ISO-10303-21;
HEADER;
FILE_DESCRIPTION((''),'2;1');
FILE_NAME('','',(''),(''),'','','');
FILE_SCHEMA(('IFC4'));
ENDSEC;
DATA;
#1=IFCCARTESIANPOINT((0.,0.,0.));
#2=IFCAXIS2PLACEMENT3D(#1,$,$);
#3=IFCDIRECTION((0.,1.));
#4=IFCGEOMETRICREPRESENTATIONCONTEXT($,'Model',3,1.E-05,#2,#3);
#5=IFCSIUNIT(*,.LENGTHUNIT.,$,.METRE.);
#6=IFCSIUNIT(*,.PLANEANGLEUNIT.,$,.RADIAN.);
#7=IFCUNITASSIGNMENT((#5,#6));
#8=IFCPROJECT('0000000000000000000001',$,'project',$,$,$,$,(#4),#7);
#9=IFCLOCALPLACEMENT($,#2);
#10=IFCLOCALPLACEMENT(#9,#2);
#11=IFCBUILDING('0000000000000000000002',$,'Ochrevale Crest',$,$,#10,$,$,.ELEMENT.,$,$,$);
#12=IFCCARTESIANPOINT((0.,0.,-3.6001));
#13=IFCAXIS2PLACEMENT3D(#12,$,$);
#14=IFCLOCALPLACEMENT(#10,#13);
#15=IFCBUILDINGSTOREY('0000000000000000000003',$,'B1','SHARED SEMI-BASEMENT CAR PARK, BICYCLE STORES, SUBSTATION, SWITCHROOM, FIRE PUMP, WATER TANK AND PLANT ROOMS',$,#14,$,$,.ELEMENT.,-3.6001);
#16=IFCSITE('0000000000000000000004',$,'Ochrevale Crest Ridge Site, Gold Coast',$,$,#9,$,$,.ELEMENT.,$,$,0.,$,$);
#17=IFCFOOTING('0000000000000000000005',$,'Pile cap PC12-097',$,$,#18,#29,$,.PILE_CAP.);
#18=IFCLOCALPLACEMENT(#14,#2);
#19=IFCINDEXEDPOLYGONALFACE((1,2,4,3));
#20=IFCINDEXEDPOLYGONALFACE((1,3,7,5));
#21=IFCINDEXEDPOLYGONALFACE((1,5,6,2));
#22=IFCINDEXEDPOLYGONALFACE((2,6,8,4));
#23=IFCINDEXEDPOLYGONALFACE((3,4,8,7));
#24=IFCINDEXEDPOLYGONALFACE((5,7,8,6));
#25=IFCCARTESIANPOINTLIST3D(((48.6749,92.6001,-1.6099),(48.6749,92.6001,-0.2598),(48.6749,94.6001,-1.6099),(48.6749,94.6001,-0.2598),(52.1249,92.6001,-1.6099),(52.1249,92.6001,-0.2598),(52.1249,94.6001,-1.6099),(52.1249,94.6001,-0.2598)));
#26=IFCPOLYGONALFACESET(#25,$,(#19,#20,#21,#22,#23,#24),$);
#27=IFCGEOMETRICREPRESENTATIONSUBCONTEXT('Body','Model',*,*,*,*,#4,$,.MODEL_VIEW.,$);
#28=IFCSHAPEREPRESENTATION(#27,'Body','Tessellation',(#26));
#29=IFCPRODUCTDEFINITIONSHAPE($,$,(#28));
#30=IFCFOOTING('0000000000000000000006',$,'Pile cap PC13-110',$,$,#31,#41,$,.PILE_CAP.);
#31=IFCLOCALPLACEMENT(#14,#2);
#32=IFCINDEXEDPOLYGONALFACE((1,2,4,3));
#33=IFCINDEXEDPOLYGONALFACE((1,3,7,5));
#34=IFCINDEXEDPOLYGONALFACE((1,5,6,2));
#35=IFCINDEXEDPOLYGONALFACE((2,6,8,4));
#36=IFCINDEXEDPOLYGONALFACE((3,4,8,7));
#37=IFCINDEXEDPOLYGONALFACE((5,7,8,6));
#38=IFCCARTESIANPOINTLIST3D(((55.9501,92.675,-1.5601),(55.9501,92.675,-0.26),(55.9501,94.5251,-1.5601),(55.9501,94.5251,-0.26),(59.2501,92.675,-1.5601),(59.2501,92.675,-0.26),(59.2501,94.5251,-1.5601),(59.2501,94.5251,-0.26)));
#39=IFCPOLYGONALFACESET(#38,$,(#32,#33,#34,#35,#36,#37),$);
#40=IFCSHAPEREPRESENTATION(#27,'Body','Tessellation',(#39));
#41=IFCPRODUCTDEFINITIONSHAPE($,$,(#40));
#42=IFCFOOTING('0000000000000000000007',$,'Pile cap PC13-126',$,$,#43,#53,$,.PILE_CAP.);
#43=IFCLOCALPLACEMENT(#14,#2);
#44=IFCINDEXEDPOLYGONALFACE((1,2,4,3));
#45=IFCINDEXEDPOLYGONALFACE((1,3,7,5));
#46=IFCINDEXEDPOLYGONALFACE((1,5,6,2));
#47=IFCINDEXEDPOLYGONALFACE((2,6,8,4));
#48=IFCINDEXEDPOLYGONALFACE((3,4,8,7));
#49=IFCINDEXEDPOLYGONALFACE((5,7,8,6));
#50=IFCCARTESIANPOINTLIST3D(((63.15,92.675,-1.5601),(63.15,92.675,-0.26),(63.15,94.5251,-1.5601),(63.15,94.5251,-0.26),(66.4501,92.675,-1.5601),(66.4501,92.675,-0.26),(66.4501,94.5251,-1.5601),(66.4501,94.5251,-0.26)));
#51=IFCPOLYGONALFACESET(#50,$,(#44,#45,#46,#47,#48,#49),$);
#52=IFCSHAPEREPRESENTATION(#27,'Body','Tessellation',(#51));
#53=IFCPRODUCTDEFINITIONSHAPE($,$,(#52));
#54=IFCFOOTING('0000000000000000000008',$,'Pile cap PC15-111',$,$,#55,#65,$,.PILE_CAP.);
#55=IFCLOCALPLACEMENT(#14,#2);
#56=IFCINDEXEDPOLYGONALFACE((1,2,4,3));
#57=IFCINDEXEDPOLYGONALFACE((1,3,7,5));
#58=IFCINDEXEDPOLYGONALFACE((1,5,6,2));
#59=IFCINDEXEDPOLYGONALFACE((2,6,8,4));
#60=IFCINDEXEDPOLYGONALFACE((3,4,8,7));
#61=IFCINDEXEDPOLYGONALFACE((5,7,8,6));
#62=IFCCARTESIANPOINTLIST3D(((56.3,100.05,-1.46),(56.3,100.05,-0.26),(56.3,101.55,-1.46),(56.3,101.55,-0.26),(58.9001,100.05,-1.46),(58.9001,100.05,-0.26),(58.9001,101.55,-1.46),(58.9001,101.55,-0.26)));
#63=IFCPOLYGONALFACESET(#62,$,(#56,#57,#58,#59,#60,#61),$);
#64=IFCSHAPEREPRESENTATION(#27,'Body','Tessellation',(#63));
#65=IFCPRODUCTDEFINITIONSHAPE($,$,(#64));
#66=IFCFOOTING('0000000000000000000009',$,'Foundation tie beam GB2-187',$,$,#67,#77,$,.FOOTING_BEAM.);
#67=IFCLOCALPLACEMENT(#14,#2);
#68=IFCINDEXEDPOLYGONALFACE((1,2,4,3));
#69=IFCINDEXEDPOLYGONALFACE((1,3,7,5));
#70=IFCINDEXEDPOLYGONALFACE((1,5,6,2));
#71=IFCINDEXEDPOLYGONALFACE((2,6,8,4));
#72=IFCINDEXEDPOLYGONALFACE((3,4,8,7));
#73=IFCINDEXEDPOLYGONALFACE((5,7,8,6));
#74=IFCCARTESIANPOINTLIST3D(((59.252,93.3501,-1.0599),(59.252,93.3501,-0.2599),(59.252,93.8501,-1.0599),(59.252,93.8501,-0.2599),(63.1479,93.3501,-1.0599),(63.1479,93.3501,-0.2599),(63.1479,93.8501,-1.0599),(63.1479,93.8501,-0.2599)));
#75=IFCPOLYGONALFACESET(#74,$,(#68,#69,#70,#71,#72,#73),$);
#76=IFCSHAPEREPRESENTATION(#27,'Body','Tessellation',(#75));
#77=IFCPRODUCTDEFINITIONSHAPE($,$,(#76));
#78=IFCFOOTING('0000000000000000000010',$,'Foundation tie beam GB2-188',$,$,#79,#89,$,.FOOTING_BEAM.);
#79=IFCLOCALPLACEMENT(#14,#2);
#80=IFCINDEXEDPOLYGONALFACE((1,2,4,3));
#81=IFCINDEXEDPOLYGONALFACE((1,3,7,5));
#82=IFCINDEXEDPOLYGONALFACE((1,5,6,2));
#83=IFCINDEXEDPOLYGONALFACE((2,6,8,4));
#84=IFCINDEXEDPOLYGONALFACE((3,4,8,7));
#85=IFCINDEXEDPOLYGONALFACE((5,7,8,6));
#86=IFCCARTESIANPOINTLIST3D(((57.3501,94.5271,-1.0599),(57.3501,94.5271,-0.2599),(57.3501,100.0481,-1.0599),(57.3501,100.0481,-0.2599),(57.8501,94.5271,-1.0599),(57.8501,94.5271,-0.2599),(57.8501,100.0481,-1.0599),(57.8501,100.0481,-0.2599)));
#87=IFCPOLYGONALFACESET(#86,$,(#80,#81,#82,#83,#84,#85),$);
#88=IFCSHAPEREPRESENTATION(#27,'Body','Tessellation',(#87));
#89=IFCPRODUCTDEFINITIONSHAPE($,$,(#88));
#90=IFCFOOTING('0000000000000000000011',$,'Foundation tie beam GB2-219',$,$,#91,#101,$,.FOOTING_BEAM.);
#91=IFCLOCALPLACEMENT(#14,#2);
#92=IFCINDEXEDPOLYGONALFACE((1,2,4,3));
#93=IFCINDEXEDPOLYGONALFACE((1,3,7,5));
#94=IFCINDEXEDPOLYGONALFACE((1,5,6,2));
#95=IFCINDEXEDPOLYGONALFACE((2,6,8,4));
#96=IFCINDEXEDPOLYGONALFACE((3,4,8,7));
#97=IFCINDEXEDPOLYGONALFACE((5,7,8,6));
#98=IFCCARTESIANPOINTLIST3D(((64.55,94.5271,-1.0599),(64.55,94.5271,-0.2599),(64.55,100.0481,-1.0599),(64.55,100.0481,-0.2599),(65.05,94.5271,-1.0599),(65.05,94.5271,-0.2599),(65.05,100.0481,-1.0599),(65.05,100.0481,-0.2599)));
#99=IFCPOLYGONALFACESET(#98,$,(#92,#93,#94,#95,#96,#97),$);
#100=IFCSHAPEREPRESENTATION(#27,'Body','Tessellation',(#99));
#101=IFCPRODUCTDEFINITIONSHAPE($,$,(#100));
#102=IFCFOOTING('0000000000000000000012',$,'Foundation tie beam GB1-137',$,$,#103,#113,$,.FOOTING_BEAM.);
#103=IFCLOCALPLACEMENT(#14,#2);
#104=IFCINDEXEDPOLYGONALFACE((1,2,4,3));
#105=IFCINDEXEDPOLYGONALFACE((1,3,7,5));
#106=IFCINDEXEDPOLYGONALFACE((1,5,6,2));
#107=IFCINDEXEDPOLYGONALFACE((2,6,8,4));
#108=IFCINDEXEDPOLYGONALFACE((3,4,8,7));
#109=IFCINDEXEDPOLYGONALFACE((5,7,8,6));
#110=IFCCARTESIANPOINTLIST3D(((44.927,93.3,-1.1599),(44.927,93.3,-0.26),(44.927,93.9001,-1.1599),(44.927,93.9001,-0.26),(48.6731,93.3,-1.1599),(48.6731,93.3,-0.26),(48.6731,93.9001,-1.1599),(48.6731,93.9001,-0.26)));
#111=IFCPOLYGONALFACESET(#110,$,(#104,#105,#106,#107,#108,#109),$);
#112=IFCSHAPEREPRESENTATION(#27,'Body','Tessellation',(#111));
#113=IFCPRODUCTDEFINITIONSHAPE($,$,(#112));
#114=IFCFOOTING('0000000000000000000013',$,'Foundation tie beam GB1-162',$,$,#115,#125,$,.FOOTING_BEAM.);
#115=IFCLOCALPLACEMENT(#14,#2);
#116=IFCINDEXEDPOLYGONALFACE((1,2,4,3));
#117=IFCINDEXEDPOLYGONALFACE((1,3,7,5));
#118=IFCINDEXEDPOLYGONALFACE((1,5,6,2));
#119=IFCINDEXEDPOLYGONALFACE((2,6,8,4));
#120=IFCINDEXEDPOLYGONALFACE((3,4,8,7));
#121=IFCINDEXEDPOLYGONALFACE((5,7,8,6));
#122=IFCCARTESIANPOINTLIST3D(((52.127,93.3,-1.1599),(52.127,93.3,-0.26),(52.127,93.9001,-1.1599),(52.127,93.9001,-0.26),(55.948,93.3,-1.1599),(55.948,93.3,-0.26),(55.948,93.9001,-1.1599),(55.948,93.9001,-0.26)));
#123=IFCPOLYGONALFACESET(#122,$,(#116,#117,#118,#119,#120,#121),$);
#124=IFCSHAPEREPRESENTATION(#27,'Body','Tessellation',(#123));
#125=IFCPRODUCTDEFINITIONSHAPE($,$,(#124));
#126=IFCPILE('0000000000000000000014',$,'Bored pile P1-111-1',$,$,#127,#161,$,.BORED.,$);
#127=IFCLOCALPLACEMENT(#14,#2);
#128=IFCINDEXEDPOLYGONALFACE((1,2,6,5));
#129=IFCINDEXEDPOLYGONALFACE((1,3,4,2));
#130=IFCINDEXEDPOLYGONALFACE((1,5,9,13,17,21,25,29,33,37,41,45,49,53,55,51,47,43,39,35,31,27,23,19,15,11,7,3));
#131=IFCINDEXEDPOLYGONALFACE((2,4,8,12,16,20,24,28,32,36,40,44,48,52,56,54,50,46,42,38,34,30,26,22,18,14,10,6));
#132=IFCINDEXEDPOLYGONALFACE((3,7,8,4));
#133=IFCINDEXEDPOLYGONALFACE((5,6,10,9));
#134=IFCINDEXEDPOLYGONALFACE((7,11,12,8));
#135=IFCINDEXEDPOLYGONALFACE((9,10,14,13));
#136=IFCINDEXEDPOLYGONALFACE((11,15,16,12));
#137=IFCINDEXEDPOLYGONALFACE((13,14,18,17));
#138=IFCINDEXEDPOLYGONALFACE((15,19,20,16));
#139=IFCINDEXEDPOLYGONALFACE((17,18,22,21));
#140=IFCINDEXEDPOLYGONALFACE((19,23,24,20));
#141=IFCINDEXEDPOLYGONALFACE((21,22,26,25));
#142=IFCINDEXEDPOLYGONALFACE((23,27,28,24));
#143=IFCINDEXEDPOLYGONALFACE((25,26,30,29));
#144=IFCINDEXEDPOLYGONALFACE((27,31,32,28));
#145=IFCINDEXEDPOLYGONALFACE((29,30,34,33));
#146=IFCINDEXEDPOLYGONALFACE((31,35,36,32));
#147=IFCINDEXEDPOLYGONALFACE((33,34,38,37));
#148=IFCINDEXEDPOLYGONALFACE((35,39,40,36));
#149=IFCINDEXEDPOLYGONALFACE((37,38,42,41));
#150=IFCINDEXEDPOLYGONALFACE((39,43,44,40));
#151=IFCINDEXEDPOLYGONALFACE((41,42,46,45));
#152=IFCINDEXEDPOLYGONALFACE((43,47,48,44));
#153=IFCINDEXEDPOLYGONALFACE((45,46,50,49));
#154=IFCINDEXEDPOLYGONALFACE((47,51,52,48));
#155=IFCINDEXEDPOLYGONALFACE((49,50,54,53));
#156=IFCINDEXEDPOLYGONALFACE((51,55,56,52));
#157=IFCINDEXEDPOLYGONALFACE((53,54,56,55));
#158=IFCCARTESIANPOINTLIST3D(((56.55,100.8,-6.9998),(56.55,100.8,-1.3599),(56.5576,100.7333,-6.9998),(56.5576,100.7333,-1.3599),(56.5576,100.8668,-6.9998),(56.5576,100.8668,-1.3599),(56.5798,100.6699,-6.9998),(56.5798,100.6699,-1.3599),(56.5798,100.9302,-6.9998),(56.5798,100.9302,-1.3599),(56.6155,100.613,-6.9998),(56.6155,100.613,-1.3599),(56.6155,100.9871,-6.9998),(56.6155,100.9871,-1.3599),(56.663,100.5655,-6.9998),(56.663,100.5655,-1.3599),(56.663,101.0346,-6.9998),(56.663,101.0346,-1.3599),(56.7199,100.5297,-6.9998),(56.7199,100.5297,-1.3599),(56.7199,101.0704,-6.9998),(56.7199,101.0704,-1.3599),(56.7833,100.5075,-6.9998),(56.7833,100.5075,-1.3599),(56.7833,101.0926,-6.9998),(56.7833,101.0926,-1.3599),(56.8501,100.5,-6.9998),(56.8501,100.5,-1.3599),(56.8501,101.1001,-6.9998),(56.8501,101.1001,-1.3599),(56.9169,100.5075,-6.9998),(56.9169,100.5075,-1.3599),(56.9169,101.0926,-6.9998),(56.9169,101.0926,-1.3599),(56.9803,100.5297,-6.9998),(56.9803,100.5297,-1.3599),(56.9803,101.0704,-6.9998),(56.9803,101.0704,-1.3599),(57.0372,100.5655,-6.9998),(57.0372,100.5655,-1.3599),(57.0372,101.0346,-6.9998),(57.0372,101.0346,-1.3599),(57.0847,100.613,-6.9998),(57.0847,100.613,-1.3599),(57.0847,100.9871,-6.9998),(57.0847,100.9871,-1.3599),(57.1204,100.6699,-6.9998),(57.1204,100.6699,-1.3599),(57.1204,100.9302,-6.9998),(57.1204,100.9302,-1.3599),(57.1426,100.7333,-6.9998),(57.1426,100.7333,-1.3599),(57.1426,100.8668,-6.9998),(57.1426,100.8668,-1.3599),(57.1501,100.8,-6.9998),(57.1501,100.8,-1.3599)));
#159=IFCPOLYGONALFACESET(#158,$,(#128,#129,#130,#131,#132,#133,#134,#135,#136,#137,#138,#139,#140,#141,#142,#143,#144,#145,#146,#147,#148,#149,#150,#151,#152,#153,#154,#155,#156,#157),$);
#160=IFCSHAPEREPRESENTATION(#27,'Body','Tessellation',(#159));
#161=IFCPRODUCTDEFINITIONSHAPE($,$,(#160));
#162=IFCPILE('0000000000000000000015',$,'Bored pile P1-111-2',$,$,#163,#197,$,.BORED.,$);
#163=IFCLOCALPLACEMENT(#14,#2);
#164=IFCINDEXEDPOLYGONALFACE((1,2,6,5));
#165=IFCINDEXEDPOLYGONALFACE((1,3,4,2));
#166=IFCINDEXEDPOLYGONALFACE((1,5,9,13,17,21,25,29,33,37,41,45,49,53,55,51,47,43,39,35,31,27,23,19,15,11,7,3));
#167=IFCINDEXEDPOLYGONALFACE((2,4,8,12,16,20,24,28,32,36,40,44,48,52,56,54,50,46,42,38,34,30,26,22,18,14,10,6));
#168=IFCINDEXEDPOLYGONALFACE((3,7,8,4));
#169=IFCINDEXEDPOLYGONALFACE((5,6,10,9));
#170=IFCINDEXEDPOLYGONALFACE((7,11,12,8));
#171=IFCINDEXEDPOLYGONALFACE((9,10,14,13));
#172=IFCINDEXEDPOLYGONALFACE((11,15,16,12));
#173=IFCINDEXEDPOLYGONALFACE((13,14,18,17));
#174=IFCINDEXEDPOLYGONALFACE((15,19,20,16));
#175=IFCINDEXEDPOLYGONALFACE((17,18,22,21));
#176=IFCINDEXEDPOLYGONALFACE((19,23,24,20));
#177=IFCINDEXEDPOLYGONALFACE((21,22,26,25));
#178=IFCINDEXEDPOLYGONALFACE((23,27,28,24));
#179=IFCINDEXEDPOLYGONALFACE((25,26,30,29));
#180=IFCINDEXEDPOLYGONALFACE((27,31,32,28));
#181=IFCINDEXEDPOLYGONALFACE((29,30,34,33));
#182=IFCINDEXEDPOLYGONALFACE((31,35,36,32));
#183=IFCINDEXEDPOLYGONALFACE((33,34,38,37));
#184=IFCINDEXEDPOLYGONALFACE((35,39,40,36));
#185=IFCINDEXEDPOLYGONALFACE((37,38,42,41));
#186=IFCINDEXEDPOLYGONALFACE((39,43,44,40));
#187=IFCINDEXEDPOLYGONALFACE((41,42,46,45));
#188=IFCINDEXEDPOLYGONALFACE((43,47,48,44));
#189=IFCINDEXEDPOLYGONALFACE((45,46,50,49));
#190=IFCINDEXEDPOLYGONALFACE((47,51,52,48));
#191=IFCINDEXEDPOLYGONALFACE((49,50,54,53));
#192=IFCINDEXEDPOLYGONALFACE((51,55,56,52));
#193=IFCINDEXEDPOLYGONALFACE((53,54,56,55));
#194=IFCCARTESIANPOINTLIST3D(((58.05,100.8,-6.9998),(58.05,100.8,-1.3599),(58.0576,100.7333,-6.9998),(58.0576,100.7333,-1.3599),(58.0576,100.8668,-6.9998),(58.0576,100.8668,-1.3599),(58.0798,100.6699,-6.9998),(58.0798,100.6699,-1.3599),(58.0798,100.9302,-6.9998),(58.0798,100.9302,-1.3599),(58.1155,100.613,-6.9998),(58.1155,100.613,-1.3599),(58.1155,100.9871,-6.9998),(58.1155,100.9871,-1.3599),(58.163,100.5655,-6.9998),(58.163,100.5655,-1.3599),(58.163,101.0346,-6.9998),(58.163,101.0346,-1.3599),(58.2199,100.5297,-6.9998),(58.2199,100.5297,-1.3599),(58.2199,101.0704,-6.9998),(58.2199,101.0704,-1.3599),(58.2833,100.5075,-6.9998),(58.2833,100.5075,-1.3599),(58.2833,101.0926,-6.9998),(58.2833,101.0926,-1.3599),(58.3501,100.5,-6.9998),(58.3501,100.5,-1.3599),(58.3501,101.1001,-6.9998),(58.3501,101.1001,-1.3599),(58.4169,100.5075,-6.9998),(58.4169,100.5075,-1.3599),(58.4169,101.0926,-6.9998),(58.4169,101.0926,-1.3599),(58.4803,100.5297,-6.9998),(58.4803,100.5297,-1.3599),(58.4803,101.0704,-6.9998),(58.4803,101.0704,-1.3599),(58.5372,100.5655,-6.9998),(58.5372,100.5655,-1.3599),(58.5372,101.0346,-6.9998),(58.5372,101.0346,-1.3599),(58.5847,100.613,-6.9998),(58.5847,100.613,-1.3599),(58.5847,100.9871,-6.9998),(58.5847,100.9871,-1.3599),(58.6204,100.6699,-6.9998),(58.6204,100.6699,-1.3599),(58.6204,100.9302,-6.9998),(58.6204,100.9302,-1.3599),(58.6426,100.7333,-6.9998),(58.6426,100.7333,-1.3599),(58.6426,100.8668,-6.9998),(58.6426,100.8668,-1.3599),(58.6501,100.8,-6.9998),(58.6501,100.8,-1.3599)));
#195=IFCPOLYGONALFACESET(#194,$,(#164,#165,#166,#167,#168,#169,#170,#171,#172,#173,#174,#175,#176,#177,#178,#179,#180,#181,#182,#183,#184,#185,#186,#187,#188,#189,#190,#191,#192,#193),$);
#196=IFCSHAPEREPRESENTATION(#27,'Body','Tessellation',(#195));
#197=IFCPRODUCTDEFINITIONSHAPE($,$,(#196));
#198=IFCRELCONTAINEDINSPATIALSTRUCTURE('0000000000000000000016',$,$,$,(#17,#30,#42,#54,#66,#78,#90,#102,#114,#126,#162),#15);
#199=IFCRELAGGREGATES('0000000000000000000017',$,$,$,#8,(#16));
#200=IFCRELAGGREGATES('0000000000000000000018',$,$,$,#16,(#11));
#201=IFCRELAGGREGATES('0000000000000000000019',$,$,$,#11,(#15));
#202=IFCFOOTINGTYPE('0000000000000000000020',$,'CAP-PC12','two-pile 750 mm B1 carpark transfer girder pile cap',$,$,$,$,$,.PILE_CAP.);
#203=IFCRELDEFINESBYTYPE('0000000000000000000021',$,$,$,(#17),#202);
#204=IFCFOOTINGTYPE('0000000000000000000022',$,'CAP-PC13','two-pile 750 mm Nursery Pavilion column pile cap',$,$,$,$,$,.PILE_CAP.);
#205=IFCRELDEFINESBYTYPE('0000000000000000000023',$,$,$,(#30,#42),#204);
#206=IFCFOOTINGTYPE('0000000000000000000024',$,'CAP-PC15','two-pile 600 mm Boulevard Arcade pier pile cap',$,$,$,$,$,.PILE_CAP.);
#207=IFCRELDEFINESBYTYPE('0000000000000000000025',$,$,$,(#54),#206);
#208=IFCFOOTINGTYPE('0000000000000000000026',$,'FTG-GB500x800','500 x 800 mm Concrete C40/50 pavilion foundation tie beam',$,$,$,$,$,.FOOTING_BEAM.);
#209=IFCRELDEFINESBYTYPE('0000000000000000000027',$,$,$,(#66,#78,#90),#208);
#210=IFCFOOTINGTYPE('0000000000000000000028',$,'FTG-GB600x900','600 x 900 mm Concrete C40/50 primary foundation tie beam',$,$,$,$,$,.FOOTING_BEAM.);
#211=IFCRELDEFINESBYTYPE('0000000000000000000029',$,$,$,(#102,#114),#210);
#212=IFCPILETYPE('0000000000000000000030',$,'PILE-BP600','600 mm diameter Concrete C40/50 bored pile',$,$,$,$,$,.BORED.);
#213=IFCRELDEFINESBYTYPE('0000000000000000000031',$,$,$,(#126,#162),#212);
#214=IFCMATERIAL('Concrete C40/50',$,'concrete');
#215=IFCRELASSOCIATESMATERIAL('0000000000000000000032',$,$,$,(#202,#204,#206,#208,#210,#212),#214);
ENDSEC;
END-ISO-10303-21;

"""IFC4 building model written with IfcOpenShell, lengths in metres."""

from ifc_helpers import new_model, si_unit, direction, frame, origin, origin_2d, place, context, subcontext, project, spatial, rectangle, circle, extrude, material, material_profile, profile_set, type_object, element, save


model = new_model("IFC4")

# Units and contexts
model_context = context("Model", 3, precision=1e-05, world=origin(), true_north=direction((0.0, 1.0)))
body_context = subcontext(model_context, "Body", "Model", "MODEL_VIEW")
ifc_project = project(units=[si_unit("LENGTHUNIT", "METRE"), si_unit("PLANEANGLEUNIT", "RADIAN")], contexts=[model_context])

# Site, building, storey
site_placement = place(None, origin())
site = spatial("IfcSite", under=ifc_project, at=site_placement, Name="Ochrevale Crest Ridge Site, Gold Coast", CompositionType="ELEMENT", RefElevation=0.0)
building_placement = place(site_placement, origin())
building = spatial("IfcBuilding", under=site, at=building_placement, Name="Ochrevale Crest", CompositionType="ELEMENT")
storey_placement = place(building_placement, frame((0.0, 0.0, -3.6001)))
storey = spatial("IfcBuildingStorey", under=building, at=storey_placement, Name="B1", Description="SHARED SEMI-BASEMENT CAR PARK, BICYCLE STORES, SUBSTATION, SWITCHROOM, FIRE PUMP, WATER TANK AND PLANT ROOMS", CompositionType="ELEMENT", Elevation=-3.6001)

# Footings
ifc_material_1 = material(Name="Concrete C40/50", Category="concrete")
footing_type_1 = type_object("IfcFootingType", Name="CAP-PC12", Description="two-pile 750 mm B1 carpark transfer girder pile cap", PredefinedType="PILE_CAP", material=ifc_material_1)
footing_1_placement = place(storey_placement, frame((50.3999, 93.6001, -1.6099), z_axis=(0.0, 0.0, 1.0), x_axis=(1.0, 0.0, 0.0)))
element("IfcFooting", 1, at=footing_1_placement, inside=storey, type_object=footing_type_1, Name="Pile cap PC12-097", PredefinedType="PILE_CAP", context=body_context, shape_type="SweptSolid", body=[
    extrude(rectangle(XDim=3.45, YDim=2.0, at=origin_2d()), origin(), (0.0, 0.0, 1.0), 1.3501),
])
footing_type_2 = type_object("IfcFootingType", Name="CAP-PC13", Description="two-pile 750 mm Nursery Pavilion column pile cap", PredefinedType="PILE_CAP", material=ifc_material_1)
for number, where, z_axis, x_axis, name in (
    (2, (57.6001, 93.6001, -1.5601), (0.0, 0.0, 1.0), (1.0, 0.0, 0.0), "Pile cap PC13-110"),
    (3, (64.8, 93.6001, -1.5601), (0.0, 0.0, 1.0), (1.0, 0.0, 0.0), "Pile cap PC13-126"),
):
    element("IfcFooting", number, at=place(storey_placement, frame(where, z_axis=z_axis, x_axis=x_axis)), inside=storey, type_object=footing_type_2, Name=name, PredefinedType="PILE_CAP", context=body_context, shape_type="SweptSolid", body=[
        extrude(rectangle(XDim=3.3, YDim=1.8501, at=origin_2d()), origin(), (0.0, 0.0, 1.0), 1.3),
    ])
footing_type_3 = type_object("IfcFootingType", Name="CAP-PC15", Description="two-pile 600 mm Boulevard Arcade pier pile cap", PredefinedType="PILE_CAP", material=ifc_material_1)
footing_2_placement = place(storey_placement, frame((57.6001, 100.8, -1.46), z_axis=(0.0, 0.0, 1.0), x_axis=(1.0, 0.0, 0.0)))
element("IfcFooting", 4, at=footing_2_placement, inside=storey, type_object=footing_type_3, Name="Pile cap PC15-111", PredefinedType="PILE_CAP", context=body_context, shape_type="SweptSolid", body=[
    extrude(rectangle(XDim=2.6001, YDim=1.5, at=origin_2d()), origin(), (0.0, 0.0, 1.0), 1.2),
])
ifc_material_profile_1 = material_profile(ifc_material_1, rectangle(XDim=0.5, YDim=0.8, at=origin_2d()), Name="GB 500x800")
ifc_profile_set_1 = profile_set([ifc_material_profile_1], Name="Concrete C40/50")
footing_type_4 = type_object("IfcFootingType", Name="FTG-GB500x800", Description="500 x 800 mm Concrete C40/50 pavilion foundation tie beam", PredefinedType="FOOTING_BEAM", material=ifc_profile_set_1)
footing_3_placement = place(storey_placement, frame((59.252, 93.6001, -0.6599), z_axis=(1.0, 0.0, 0.0), x_axis=(0.0, 1.0, 0.0)))
element("IfcFooting", 5, at=footing_3_placement, inside=storey, type_object=footing_type_4, Name="Foundation tie beam GB2-187", PredefinedType="FOOTING_BEAM", context=body_context, shape_type="SweptSolid", body=[
    extrude(rectangle(XDim=0.5, YDim=0.8, at=origin_2d()), origin(), (0.0, 0.0, 1.0), 3.896),
])
for number, where, z_axis, x_axis, name in (
    (6, (57.6001, 94.5271, -0.6599), (0.0, 1.0, 0.0), (-1.0, 0.0, 0.0), "Foundation tie beam GB2-188"),
    (7, (64.8, 94.5271, -0.6599), (0.0, 1.0, 0.0), (-1.0, 0.0, 0.0), "Foundation tie beam GB2-219"),
):
    element("IfcFooting", number, at=place(storey_placement, frame(where, z_axis=z_axis, x_axis=x_axis)), inside=storey, type_object=footing_type_4, Name=name, PredefinedType="FOOTING_BEAM", context=body_context, shape_type="SweptSolid", body=[
        extrude(rectangle(XDim=0.5, YDim=0.8, at=origin_2d()), origin(), (0.0, 0.0, 1.0), 5.521),
    ])
ifc_material_profile_2 = material_profile(ifc_material_1, rectangle(XDim=0.6001, YDim=0.8999, at=origin_2d()), Name="GB 600x900")
ifc_profile_set_2 = profile_set([ifc_material_profile_2], Name="Concrete C40/50")
footing_type_5 = type_object("IfcFootingType", Name="FTG-GB600x900", Description="600 x 900 mm Concrete C40/50 primary foundation tie beam", PredefinedType="FOOTING_BEAM", material=ifc_profile_set_2)
footing_4_placement = place(storey_placement, frame((44.927, 93.6001, -0.71), z_axis=(1.0, 0.0, 0.0), x_axis=(0.0, 1.0, 0.0)))
element("IfcFooting", 8, at=footing_4_placement, inside=storey, type_object=footing_type_5, Name="Foundation tie beam GB1-137", PredefinedType="FOOTING_BEAM", context=body_context, shape_type="SweptSolid", body=[
    extrude(rectangle(XDim=0.6001, YDim=0.8999, at=origin_2d()), origin(), (0.0, 0.0, 1.0), 3.7461),
])
footing_5_placement = place(storey_placement, frame((52.127, 93.6001, -0.71), z_axis=(1.0, 0.0, 0.0), x_axis=(0.0, 1.0, 0.0)))
element("IfcFooting", 9, at=footing_5_placement, inside=storey, type_object=footing_type_5, Name="Foundation tie beam GB1-162", PredefinedType="FOOTING_BEAM", context=body_context, shape_type="SweptSolid", body=[
    extrude(rectangle(XDim=0.6001, YDim=0.8999, at=origin_2d()), origin(), (0.0, 0.0, 1.0), 3.821),
])

# Piles
ifc_material_profile_3 = material_profile(ifc_material_1, circle(Radius=0.3, at=origin_2d()), Name="BORED PILE 600")
ifc_profile_set_3 = profile_set([ifc_material_profile_3], Name="Concrete C40/50")
pile_type_1 = type_object("IfcPileType", Name="PILE-BP600", Description="600 mm diameter Concrete C40/50 bored pile", PredefinedType="BORED", material=ifc_profile_set_3)
for number, where, z_axis, x_axis, name in (
    (10, (56.8501, 100.8, -1.3599), (0.0, 0.0, -1.0), (1.0, 0.0, 0.0), "Bored pile P1-111-1"),
    (11, (58.3501, 100.8, -1.3599), (0.0, 0.0, -1.0), (1.0, 0.0, 0.0), "Bored pile P1-111-2"),
):
    element("IfcPile", number, at=place(storey_placement, frame(where, z_axis=z_axis, x_axis=x_axis)), inside=storey, type_object=pile_type_1, Name=name, PredefinedType="BORED", context=body_context, shape_type="SweptSolid", body=[
        extrude(circle(Radius=0.3, at=origin_2d()), origin(), (0.0, 0.0, 1.0), 5.6399),
    ])

save(model, "model.ifc")
